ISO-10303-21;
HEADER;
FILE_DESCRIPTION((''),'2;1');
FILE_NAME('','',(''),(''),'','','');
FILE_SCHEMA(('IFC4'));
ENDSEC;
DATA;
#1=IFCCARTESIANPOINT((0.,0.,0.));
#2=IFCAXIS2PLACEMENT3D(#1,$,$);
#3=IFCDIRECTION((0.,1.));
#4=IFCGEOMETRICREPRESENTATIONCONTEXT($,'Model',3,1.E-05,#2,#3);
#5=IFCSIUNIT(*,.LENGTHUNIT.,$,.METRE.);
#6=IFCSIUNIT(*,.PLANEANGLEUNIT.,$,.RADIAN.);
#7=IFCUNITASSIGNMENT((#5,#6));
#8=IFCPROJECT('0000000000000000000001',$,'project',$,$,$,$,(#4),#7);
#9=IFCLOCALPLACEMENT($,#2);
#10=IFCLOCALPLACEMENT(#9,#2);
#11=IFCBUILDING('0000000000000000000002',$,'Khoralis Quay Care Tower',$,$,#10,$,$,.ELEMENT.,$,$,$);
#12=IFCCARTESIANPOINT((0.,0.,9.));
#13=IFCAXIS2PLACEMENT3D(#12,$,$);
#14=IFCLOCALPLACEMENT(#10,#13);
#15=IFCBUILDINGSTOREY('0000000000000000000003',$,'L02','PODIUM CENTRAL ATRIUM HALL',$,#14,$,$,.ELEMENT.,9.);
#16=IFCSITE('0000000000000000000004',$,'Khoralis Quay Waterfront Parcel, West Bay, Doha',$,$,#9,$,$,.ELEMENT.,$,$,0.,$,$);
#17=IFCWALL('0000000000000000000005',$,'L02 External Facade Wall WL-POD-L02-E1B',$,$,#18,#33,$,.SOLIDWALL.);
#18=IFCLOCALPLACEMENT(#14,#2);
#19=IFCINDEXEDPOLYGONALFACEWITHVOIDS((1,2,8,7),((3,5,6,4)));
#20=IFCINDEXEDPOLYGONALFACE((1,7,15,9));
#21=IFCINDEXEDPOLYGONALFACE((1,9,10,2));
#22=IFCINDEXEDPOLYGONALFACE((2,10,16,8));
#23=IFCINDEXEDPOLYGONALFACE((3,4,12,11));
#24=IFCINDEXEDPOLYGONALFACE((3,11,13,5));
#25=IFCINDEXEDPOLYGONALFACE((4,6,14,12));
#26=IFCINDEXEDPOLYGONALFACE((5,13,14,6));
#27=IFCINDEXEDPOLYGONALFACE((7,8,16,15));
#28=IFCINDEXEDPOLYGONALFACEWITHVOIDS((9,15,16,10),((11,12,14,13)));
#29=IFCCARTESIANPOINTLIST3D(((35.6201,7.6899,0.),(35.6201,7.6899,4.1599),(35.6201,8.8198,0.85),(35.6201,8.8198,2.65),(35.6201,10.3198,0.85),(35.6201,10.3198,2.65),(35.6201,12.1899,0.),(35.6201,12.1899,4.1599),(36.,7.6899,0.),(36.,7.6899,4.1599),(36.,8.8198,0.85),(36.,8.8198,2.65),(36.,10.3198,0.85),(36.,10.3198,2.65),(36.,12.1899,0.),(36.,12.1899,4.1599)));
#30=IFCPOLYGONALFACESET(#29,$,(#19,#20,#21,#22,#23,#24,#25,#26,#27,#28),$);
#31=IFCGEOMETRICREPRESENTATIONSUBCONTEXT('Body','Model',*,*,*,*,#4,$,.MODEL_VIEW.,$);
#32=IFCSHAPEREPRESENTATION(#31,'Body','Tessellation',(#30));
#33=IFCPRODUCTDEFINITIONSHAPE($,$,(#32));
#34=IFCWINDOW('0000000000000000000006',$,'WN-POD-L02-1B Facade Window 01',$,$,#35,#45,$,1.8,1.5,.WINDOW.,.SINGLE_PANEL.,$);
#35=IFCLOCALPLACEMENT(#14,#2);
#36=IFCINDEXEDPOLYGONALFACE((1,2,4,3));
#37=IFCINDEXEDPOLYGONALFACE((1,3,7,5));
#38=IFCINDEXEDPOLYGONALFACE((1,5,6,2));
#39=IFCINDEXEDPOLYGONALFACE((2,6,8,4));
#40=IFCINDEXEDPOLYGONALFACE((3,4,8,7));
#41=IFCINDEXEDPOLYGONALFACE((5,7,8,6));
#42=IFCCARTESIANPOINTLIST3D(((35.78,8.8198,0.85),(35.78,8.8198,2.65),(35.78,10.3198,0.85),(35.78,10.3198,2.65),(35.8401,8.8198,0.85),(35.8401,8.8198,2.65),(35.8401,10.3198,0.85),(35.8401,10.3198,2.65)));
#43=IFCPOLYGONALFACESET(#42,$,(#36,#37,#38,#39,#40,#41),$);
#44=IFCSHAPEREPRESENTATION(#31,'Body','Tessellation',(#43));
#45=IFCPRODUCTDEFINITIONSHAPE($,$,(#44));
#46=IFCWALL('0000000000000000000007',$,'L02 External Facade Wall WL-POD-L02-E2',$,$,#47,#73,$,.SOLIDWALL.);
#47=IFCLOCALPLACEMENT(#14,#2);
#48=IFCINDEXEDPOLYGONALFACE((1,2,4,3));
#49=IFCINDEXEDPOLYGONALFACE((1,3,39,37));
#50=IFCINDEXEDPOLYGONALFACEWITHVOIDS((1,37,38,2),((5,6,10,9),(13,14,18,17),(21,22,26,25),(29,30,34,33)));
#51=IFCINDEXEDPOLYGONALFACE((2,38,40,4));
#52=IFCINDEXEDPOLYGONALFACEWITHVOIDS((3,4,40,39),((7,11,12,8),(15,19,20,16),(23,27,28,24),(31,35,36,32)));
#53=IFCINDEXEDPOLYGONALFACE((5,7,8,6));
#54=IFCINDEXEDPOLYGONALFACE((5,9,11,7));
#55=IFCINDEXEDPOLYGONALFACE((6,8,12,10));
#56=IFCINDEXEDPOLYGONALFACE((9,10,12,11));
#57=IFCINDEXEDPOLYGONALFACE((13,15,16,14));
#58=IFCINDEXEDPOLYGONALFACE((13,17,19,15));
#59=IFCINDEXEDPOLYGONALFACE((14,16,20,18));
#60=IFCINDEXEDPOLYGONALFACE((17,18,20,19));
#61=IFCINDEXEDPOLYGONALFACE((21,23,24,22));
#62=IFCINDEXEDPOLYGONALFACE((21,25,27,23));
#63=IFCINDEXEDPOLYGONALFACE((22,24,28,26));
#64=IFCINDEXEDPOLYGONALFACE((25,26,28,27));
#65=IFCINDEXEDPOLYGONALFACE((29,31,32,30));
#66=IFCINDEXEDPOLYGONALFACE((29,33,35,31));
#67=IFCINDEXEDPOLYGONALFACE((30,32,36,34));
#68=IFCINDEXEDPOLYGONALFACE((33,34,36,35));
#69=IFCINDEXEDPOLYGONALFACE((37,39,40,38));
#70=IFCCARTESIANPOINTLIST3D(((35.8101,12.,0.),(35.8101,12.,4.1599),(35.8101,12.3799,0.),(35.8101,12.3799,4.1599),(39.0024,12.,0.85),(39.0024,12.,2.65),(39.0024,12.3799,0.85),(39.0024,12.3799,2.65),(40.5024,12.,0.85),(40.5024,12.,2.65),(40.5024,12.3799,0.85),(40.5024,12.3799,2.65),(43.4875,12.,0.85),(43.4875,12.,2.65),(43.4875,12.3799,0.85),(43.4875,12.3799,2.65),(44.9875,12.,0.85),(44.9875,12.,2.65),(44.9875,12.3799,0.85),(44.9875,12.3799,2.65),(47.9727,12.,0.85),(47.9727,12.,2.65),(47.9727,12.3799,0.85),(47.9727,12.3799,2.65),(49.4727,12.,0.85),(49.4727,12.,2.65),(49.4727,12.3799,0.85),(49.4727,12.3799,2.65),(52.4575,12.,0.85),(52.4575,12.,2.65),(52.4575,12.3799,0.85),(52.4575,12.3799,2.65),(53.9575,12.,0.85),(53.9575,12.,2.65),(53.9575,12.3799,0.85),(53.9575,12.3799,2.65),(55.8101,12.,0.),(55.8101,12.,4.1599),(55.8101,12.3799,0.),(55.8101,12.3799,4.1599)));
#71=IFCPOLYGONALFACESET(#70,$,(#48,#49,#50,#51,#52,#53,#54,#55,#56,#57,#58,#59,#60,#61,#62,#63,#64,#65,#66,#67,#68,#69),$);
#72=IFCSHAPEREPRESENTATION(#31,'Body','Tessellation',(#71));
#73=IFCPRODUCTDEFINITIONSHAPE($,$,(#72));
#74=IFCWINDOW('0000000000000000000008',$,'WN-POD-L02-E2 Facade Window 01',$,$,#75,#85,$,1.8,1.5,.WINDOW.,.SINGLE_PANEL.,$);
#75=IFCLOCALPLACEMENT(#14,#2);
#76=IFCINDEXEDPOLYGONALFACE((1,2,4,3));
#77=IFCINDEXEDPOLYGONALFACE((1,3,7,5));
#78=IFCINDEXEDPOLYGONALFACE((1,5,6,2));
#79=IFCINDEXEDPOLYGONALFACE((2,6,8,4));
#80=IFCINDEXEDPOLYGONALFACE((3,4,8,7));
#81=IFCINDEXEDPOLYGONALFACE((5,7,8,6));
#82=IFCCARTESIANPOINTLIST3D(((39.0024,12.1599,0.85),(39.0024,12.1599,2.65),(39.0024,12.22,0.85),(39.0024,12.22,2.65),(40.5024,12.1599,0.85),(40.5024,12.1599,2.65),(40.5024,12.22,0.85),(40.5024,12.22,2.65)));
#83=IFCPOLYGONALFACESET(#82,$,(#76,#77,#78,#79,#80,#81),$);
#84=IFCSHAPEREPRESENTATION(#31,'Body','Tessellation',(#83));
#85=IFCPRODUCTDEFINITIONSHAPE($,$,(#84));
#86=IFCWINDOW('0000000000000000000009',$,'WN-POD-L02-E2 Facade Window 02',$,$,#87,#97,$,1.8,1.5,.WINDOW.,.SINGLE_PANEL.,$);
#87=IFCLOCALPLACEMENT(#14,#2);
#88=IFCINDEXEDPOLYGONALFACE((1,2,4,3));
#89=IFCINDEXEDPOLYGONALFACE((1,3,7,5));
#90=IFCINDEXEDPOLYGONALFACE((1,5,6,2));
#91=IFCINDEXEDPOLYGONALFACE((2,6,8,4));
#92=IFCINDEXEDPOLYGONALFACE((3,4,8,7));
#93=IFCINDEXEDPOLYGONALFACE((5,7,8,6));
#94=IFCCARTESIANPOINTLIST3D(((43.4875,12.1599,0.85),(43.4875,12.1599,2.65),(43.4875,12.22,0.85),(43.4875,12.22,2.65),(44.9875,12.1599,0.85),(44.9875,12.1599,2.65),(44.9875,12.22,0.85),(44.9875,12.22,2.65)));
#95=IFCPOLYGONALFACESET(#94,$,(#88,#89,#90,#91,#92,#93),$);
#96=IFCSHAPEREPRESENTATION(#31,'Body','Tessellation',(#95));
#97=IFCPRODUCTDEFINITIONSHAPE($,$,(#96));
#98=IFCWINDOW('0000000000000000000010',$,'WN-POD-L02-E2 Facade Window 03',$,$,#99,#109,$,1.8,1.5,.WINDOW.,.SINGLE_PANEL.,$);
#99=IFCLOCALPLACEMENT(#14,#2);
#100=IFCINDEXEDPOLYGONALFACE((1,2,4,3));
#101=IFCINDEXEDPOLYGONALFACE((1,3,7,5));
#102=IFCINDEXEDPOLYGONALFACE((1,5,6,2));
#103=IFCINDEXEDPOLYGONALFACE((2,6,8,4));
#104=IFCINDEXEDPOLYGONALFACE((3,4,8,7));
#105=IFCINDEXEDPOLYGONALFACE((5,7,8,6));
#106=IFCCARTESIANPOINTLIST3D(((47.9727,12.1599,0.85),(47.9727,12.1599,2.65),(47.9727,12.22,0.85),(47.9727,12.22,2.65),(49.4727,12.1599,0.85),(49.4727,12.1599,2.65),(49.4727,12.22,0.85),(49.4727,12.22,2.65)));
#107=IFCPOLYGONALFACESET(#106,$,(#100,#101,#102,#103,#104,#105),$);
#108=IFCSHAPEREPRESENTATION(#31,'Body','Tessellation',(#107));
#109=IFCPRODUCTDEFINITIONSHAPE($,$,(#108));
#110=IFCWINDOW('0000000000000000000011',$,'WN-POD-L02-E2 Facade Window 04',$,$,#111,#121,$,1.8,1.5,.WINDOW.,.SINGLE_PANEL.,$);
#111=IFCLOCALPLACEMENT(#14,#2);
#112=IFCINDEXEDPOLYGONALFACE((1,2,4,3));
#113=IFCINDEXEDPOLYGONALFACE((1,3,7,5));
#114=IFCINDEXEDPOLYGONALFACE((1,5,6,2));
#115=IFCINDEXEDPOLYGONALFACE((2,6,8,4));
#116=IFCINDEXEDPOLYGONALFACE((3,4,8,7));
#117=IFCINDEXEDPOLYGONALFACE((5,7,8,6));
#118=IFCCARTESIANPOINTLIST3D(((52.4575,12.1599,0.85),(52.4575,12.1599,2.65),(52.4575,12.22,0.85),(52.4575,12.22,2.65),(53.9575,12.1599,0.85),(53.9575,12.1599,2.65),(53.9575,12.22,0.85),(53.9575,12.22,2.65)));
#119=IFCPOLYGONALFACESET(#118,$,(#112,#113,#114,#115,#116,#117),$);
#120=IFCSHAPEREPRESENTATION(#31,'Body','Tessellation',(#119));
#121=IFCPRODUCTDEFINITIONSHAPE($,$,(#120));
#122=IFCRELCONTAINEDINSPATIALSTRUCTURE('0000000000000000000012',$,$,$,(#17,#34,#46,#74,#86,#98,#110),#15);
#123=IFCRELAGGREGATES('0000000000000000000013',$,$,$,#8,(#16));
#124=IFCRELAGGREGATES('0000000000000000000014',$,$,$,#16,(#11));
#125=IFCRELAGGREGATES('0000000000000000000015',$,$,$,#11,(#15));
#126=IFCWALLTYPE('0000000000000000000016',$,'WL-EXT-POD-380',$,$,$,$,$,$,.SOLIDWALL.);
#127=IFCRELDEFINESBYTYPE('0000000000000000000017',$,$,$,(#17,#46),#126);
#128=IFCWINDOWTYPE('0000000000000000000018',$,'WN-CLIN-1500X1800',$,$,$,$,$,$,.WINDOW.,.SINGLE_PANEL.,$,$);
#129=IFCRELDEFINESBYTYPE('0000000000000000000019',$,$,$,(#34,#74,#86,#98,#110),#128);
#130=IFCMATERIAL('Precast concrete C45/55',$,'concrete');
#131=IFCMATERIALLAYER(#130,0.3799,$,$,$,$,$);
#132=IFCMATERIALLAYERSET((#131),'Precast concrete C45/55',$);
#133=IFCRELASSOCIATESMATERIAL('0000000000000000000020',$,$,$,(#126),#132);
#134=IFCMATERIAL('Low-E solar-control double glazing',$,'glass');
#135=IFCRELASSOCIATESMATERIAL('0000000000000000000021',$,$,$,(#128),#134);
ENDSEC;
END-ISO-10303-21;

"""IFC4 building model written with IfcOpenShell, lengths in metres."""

from ifc_helpers import new_model, si_unit, direction, frame, frame_2d, origin, place, context, subcontext, project, spatial, rectangle, extrude, source, transform, mapped, material, layer, layer_set, type_object, element, fill, save


model = new_model("IFC4")

# Units and contexts
model_context = context("Model", 3, precision=1e-05, world=origin(), true_north=direction((0.0, 1.0)))
body_context = subcontext(model_context, "Body", "Model", "MODEL_VIEW")
ifc_project = project(units=[si_unit("LENGTHUNIT", "METRE"), si_unit("PLANEANGLEUNIT", "RADIAN")], contexts=[model_context])

# Site, building, storey
site_placement = place(None, origin())
site = spatial("IfcSite", under=ifc_project, at=site_placement, Name="Khoralis Quay Waterfront Parcel, West Bay, Doha", CompositionType="ELEMENT", RefElevation=0.0)
building_placement = place(site_placement, origin())
building = spatial("IfcBuilding", under=site, at=building_placement, Name="Khoralis Quay Care Tower", CompositionType="ELEMENT")
storey_placement = place(building_placement, frame((0.0, 0.0, 9.0)))
storey = spatial("IfcBuildingStorey", under=building, at=storey_placement, Name="L02", Description="PODIUM CENTRAL ATRIUM HALL", CompositionType="ELEMENT", Elevation=9.0)

# Shared definitions
ifc_material_1 = material(Name="Low-E solar-control double glazing", Category="glass")

# Wall, opening, window
ifc_material_2 = material(Name="Precast concrete C45/55", Category="concrete")
ifc_layer_1 = layer(ifc_material_2, 0.3799)
ifc_layer_set_1 = layer_set([ifc_layer_1], Name="Precast concrete C45/55")
wall_type_1 = type_object("IfcWallType", Name="WL-EXT-POD-380", PredefinedType="SOLIDWALL", material=ifc_layer_set_1)
wall_1_placement = place(storey_placement, frame((35.8101, 7.6899, 0.0), z_axis=(0.0, 0.0, 1.0), x_axis=(0.0, 1.0, 0.0)))
wall_1 = element("IfcWall", 1, at=wall_1_placement, inside=storey, type_object=wall_type_1, Name="L02 External Facade Wall WL-POD-L02-E1B", PredefinedType="SOLIDWALL", context=body_context, shape_type="SweptSolid", body=[
    extrude(rectangle(XDim=4.5, YDim=0.3799, at=frame_2d((2.25, 0.0))), origin(), (0.0, 0.0, 1.0), 4.1599),
])
opening_1_placement = place(wall_1_placement, frame((1.1299, 0.0, 0.8501)))
opening_1 = element("IfcOpeningElement", 2, at=opening_1_placement, cuts=wall_1, PredefinedType="OPENING", context=body_context, shape_type="SweptSolid", body=[
    extrude(rectangle(XDim=1.5, YDim=1.8, at=frame_2d((0.75, 0.8999))), frame((0.0, 0.2, 0.0), z_axis=(0.0, -1.0, 0.0), x_axis=(1.0, 0.0, 0.0)), (0.0, 0.0, 1.0), 0.3999),
])
window_type = type_object("IfcWindowType", Name="WN-CLIN-1500X1800", PartitioningType="SINGLE_PANEL", PredefinedType="WINDOW", material=ifc_material_1)
shared_shape_1 = source(origin(), body_context, "Body", "SweptSolid", [
    extrude(rectangle(XDim=1.5, YDim=1.8, at=frame_2d((0.75, 0.8999))), frame((0.0, 0.03, 0.0), z_axis=(0.0, -1.0, 0.0), x_axis=(1.0, 0.0, 0.0)), (0.0, 0.0, 1.0), 0.0601),
])
window_1_placement = place(opening_1_placement, origin())
window_1 = element("IfcWindow", 3, at=window_1_placement, inside=storey, type_object=window_type, Name="WN-POD-L02-1B Facade Window 01", OverallHeight=1.8, OverallWidth=1.5, PartitioningType="SINGLE_PANEL", PredefinedType="WINDOW", context=body_context, shape_type="MappedRepresentation", body=[
    mapped(shared_shape_1, transform((0.0, 0.0, 0.0), scale=1.0)),
])
fill(opening_1, window_1)

# Wall, openings, windows
wall_2_placement = place(storey_placement, frame((35.8101, 12.1899, 0.0), z_axis=(0.0, 0.0, 1.0), x_axis=(1.0, 0.0, 0.0)))
wall_2 = element("IfcWall", 4, at=wall_2_placement, inside=storey, type_object=wall_type_1, Name="L02 External Facade Wall WL-POD-L02-E2", PredefinedType="SOLIDWALL", context=body_context, shape_type="SweptSolid", body=[
    extrude(rectangle(XDim=20.0, YDim=0.3799, at=frame_2d((10.0, 0.0))), origin(), (0.0, 0.0, 1.0), 4.1599),
])
opening_2_placement = place(wall_2_placement, frame((3.1924, 0.0, 0.8501)))
opening_2 = element("IfcOpeningElement", 5, at=opening_2_placement, cuts=wall_2, PredefinedType="OPENING", context=body_context, shape_type="SweptSolid", body=[
    extrude(rectangle(XDim=1.5, YDim=1.8, at=frame_2d((0.75, 0.8999))), frame((0.0, 0.2, 0.0), z_axis=(0.0, -1.0, 0.0), x_axis=(1.0, 0.0, 0.0)), (0.0, 0.0, 1.0), 0.3999),
])
opening_3_placement = place(wall_2_placement, frame((7.6775, 0.0, 0.8501)))
opening_3 = element("IfcOpeningElement", 6, at=opening_3_placement, cuts=wall_2, PredefinedType="OPENING", context=body_context, shape_type="SweptSolid", body=[
    extrude(rectangle(XDim=1.5, YDim=1.8, at=frame_2d((0.75, 0.8999))), frame((0.0, 0.2, 0.0), z_axis=(0.0, -1.0, 0.0), x_axis=(1.0, 0.0, 0.0)), (0.0, 0.0, 1.0), 0.3999),
])
opening_4_placement = place(wall_2_placement, frame((12.1626, 0.0, 0.8501)))
opening_4 = element("IfcOpeningElement", 7, at=opening_4_placement, cuts=wall_2, PredefinedType="OPENING", context=body_context, shape_type="SweptSolid", body=[
    extrude(rectangle(XDim=1.5, YDim=1.8, at=frame_2d((0.75, 0.8999))), frame((0.0, 0.2, 0.0), z_axis=(0.0, -1.0, 0.0), x_axis=(1.0, 0.0, 0.0)), (0.0, 0.0, 1.0), 0.3999),
])
opening_5_placement = place(wall_2_placement, frame((16.6475, 0.0, 0.8501)))
opening_5 = element("IfcOpeningElement", 8, at=opening_5_placement, cuts=wall_2, PredefinedType="OPENING", context=body_context, shape_type="SweptSolid", body=[
    extrude(rectangle(XDim=1.5, YDim=1.8, at=frame_2d((0.75, 0.8999))), frame((0.0, 0.2, 0.0), z_axis=(0.0, -1.0, 0.0), x_axis=(1.0, 0.0, 0.0)), (0.0, 0.0, 1.0), 0.3999),
])
window_2_placement = place(opening_2_placement, origin())
window_2 = element("IfcWindow", 9, at=window_2_placement, inside=storey, type_object=window_type, Name="WN-POD-L02-E2 Facade Window 01", OverallHeight=1.8, OverallWidth=1.5, PartitioningType="SINGLE_PANEL", PredefinedType="WINDOW", context=body_context, shape_type="MappedRepresentation", body=[
    mapped(shared_shape_1, transform((0.0, 0.0, 0.0), scale=1.0)),
])
fill(opening_2, window_2)
window_3_placement = place(opening_3_placement, origin())
window_3 = element("IfcWindow", 10, at=window_3_placement, inside=storey, type_object=window_type, Name="WN-POD-L02-E2 Facade Window 02", OverallHeight=1.8, OverallWidth=1.5, PartitioningType="SINGLE_PANEL", PredefinedType="WINDOW", context=body_context, shape_type="MappedRepresentation", body=[
    mapped(shared_shape_1, transform((0.0, 0.0, 0.0), scale=1.0)),
])
fill(opening_3, window_3)
window_4_placement = place(opening_4_placement, origin())
window_4 = element("IfcWindow", 11, at=window_4_placement, inside=storey, type_object=window_type, Name="WN-POD-L02-E2 Facade Window 03", OverallHeight=1.8, OverallWidth=1.5, PartitioningType="SINGLE_PANEL", PredefinedType="WINDOW", context=body_context, shape_type="MappedRepresentation", body=[
    mapped(shared_shape_1, transform((0.0, 0.0, 0.0), scale=1.0)),
])
fill(opening_4, window_4)
window_5_placement = place(opening_5_placement, origin())
window_5 = element("IfcWindow", 12, at=window_5_placement, inside=storey, type_object=window_type, Name="WN-POD-L02-E2 Facade Window 04", OverallHeight=1.8, OverallWidth=1.5, PartitioningType="SINGLE_PANEL", PredefinedType="WINDOW", context=body_context, shape_type="MappedRepresentation", body=[
    mapped(shared_shape_1, transform((0.0, 0.0, 0.0), scale=1.0)),
])
fill(opening_5, window_5)

save(model, "model.ifc")
